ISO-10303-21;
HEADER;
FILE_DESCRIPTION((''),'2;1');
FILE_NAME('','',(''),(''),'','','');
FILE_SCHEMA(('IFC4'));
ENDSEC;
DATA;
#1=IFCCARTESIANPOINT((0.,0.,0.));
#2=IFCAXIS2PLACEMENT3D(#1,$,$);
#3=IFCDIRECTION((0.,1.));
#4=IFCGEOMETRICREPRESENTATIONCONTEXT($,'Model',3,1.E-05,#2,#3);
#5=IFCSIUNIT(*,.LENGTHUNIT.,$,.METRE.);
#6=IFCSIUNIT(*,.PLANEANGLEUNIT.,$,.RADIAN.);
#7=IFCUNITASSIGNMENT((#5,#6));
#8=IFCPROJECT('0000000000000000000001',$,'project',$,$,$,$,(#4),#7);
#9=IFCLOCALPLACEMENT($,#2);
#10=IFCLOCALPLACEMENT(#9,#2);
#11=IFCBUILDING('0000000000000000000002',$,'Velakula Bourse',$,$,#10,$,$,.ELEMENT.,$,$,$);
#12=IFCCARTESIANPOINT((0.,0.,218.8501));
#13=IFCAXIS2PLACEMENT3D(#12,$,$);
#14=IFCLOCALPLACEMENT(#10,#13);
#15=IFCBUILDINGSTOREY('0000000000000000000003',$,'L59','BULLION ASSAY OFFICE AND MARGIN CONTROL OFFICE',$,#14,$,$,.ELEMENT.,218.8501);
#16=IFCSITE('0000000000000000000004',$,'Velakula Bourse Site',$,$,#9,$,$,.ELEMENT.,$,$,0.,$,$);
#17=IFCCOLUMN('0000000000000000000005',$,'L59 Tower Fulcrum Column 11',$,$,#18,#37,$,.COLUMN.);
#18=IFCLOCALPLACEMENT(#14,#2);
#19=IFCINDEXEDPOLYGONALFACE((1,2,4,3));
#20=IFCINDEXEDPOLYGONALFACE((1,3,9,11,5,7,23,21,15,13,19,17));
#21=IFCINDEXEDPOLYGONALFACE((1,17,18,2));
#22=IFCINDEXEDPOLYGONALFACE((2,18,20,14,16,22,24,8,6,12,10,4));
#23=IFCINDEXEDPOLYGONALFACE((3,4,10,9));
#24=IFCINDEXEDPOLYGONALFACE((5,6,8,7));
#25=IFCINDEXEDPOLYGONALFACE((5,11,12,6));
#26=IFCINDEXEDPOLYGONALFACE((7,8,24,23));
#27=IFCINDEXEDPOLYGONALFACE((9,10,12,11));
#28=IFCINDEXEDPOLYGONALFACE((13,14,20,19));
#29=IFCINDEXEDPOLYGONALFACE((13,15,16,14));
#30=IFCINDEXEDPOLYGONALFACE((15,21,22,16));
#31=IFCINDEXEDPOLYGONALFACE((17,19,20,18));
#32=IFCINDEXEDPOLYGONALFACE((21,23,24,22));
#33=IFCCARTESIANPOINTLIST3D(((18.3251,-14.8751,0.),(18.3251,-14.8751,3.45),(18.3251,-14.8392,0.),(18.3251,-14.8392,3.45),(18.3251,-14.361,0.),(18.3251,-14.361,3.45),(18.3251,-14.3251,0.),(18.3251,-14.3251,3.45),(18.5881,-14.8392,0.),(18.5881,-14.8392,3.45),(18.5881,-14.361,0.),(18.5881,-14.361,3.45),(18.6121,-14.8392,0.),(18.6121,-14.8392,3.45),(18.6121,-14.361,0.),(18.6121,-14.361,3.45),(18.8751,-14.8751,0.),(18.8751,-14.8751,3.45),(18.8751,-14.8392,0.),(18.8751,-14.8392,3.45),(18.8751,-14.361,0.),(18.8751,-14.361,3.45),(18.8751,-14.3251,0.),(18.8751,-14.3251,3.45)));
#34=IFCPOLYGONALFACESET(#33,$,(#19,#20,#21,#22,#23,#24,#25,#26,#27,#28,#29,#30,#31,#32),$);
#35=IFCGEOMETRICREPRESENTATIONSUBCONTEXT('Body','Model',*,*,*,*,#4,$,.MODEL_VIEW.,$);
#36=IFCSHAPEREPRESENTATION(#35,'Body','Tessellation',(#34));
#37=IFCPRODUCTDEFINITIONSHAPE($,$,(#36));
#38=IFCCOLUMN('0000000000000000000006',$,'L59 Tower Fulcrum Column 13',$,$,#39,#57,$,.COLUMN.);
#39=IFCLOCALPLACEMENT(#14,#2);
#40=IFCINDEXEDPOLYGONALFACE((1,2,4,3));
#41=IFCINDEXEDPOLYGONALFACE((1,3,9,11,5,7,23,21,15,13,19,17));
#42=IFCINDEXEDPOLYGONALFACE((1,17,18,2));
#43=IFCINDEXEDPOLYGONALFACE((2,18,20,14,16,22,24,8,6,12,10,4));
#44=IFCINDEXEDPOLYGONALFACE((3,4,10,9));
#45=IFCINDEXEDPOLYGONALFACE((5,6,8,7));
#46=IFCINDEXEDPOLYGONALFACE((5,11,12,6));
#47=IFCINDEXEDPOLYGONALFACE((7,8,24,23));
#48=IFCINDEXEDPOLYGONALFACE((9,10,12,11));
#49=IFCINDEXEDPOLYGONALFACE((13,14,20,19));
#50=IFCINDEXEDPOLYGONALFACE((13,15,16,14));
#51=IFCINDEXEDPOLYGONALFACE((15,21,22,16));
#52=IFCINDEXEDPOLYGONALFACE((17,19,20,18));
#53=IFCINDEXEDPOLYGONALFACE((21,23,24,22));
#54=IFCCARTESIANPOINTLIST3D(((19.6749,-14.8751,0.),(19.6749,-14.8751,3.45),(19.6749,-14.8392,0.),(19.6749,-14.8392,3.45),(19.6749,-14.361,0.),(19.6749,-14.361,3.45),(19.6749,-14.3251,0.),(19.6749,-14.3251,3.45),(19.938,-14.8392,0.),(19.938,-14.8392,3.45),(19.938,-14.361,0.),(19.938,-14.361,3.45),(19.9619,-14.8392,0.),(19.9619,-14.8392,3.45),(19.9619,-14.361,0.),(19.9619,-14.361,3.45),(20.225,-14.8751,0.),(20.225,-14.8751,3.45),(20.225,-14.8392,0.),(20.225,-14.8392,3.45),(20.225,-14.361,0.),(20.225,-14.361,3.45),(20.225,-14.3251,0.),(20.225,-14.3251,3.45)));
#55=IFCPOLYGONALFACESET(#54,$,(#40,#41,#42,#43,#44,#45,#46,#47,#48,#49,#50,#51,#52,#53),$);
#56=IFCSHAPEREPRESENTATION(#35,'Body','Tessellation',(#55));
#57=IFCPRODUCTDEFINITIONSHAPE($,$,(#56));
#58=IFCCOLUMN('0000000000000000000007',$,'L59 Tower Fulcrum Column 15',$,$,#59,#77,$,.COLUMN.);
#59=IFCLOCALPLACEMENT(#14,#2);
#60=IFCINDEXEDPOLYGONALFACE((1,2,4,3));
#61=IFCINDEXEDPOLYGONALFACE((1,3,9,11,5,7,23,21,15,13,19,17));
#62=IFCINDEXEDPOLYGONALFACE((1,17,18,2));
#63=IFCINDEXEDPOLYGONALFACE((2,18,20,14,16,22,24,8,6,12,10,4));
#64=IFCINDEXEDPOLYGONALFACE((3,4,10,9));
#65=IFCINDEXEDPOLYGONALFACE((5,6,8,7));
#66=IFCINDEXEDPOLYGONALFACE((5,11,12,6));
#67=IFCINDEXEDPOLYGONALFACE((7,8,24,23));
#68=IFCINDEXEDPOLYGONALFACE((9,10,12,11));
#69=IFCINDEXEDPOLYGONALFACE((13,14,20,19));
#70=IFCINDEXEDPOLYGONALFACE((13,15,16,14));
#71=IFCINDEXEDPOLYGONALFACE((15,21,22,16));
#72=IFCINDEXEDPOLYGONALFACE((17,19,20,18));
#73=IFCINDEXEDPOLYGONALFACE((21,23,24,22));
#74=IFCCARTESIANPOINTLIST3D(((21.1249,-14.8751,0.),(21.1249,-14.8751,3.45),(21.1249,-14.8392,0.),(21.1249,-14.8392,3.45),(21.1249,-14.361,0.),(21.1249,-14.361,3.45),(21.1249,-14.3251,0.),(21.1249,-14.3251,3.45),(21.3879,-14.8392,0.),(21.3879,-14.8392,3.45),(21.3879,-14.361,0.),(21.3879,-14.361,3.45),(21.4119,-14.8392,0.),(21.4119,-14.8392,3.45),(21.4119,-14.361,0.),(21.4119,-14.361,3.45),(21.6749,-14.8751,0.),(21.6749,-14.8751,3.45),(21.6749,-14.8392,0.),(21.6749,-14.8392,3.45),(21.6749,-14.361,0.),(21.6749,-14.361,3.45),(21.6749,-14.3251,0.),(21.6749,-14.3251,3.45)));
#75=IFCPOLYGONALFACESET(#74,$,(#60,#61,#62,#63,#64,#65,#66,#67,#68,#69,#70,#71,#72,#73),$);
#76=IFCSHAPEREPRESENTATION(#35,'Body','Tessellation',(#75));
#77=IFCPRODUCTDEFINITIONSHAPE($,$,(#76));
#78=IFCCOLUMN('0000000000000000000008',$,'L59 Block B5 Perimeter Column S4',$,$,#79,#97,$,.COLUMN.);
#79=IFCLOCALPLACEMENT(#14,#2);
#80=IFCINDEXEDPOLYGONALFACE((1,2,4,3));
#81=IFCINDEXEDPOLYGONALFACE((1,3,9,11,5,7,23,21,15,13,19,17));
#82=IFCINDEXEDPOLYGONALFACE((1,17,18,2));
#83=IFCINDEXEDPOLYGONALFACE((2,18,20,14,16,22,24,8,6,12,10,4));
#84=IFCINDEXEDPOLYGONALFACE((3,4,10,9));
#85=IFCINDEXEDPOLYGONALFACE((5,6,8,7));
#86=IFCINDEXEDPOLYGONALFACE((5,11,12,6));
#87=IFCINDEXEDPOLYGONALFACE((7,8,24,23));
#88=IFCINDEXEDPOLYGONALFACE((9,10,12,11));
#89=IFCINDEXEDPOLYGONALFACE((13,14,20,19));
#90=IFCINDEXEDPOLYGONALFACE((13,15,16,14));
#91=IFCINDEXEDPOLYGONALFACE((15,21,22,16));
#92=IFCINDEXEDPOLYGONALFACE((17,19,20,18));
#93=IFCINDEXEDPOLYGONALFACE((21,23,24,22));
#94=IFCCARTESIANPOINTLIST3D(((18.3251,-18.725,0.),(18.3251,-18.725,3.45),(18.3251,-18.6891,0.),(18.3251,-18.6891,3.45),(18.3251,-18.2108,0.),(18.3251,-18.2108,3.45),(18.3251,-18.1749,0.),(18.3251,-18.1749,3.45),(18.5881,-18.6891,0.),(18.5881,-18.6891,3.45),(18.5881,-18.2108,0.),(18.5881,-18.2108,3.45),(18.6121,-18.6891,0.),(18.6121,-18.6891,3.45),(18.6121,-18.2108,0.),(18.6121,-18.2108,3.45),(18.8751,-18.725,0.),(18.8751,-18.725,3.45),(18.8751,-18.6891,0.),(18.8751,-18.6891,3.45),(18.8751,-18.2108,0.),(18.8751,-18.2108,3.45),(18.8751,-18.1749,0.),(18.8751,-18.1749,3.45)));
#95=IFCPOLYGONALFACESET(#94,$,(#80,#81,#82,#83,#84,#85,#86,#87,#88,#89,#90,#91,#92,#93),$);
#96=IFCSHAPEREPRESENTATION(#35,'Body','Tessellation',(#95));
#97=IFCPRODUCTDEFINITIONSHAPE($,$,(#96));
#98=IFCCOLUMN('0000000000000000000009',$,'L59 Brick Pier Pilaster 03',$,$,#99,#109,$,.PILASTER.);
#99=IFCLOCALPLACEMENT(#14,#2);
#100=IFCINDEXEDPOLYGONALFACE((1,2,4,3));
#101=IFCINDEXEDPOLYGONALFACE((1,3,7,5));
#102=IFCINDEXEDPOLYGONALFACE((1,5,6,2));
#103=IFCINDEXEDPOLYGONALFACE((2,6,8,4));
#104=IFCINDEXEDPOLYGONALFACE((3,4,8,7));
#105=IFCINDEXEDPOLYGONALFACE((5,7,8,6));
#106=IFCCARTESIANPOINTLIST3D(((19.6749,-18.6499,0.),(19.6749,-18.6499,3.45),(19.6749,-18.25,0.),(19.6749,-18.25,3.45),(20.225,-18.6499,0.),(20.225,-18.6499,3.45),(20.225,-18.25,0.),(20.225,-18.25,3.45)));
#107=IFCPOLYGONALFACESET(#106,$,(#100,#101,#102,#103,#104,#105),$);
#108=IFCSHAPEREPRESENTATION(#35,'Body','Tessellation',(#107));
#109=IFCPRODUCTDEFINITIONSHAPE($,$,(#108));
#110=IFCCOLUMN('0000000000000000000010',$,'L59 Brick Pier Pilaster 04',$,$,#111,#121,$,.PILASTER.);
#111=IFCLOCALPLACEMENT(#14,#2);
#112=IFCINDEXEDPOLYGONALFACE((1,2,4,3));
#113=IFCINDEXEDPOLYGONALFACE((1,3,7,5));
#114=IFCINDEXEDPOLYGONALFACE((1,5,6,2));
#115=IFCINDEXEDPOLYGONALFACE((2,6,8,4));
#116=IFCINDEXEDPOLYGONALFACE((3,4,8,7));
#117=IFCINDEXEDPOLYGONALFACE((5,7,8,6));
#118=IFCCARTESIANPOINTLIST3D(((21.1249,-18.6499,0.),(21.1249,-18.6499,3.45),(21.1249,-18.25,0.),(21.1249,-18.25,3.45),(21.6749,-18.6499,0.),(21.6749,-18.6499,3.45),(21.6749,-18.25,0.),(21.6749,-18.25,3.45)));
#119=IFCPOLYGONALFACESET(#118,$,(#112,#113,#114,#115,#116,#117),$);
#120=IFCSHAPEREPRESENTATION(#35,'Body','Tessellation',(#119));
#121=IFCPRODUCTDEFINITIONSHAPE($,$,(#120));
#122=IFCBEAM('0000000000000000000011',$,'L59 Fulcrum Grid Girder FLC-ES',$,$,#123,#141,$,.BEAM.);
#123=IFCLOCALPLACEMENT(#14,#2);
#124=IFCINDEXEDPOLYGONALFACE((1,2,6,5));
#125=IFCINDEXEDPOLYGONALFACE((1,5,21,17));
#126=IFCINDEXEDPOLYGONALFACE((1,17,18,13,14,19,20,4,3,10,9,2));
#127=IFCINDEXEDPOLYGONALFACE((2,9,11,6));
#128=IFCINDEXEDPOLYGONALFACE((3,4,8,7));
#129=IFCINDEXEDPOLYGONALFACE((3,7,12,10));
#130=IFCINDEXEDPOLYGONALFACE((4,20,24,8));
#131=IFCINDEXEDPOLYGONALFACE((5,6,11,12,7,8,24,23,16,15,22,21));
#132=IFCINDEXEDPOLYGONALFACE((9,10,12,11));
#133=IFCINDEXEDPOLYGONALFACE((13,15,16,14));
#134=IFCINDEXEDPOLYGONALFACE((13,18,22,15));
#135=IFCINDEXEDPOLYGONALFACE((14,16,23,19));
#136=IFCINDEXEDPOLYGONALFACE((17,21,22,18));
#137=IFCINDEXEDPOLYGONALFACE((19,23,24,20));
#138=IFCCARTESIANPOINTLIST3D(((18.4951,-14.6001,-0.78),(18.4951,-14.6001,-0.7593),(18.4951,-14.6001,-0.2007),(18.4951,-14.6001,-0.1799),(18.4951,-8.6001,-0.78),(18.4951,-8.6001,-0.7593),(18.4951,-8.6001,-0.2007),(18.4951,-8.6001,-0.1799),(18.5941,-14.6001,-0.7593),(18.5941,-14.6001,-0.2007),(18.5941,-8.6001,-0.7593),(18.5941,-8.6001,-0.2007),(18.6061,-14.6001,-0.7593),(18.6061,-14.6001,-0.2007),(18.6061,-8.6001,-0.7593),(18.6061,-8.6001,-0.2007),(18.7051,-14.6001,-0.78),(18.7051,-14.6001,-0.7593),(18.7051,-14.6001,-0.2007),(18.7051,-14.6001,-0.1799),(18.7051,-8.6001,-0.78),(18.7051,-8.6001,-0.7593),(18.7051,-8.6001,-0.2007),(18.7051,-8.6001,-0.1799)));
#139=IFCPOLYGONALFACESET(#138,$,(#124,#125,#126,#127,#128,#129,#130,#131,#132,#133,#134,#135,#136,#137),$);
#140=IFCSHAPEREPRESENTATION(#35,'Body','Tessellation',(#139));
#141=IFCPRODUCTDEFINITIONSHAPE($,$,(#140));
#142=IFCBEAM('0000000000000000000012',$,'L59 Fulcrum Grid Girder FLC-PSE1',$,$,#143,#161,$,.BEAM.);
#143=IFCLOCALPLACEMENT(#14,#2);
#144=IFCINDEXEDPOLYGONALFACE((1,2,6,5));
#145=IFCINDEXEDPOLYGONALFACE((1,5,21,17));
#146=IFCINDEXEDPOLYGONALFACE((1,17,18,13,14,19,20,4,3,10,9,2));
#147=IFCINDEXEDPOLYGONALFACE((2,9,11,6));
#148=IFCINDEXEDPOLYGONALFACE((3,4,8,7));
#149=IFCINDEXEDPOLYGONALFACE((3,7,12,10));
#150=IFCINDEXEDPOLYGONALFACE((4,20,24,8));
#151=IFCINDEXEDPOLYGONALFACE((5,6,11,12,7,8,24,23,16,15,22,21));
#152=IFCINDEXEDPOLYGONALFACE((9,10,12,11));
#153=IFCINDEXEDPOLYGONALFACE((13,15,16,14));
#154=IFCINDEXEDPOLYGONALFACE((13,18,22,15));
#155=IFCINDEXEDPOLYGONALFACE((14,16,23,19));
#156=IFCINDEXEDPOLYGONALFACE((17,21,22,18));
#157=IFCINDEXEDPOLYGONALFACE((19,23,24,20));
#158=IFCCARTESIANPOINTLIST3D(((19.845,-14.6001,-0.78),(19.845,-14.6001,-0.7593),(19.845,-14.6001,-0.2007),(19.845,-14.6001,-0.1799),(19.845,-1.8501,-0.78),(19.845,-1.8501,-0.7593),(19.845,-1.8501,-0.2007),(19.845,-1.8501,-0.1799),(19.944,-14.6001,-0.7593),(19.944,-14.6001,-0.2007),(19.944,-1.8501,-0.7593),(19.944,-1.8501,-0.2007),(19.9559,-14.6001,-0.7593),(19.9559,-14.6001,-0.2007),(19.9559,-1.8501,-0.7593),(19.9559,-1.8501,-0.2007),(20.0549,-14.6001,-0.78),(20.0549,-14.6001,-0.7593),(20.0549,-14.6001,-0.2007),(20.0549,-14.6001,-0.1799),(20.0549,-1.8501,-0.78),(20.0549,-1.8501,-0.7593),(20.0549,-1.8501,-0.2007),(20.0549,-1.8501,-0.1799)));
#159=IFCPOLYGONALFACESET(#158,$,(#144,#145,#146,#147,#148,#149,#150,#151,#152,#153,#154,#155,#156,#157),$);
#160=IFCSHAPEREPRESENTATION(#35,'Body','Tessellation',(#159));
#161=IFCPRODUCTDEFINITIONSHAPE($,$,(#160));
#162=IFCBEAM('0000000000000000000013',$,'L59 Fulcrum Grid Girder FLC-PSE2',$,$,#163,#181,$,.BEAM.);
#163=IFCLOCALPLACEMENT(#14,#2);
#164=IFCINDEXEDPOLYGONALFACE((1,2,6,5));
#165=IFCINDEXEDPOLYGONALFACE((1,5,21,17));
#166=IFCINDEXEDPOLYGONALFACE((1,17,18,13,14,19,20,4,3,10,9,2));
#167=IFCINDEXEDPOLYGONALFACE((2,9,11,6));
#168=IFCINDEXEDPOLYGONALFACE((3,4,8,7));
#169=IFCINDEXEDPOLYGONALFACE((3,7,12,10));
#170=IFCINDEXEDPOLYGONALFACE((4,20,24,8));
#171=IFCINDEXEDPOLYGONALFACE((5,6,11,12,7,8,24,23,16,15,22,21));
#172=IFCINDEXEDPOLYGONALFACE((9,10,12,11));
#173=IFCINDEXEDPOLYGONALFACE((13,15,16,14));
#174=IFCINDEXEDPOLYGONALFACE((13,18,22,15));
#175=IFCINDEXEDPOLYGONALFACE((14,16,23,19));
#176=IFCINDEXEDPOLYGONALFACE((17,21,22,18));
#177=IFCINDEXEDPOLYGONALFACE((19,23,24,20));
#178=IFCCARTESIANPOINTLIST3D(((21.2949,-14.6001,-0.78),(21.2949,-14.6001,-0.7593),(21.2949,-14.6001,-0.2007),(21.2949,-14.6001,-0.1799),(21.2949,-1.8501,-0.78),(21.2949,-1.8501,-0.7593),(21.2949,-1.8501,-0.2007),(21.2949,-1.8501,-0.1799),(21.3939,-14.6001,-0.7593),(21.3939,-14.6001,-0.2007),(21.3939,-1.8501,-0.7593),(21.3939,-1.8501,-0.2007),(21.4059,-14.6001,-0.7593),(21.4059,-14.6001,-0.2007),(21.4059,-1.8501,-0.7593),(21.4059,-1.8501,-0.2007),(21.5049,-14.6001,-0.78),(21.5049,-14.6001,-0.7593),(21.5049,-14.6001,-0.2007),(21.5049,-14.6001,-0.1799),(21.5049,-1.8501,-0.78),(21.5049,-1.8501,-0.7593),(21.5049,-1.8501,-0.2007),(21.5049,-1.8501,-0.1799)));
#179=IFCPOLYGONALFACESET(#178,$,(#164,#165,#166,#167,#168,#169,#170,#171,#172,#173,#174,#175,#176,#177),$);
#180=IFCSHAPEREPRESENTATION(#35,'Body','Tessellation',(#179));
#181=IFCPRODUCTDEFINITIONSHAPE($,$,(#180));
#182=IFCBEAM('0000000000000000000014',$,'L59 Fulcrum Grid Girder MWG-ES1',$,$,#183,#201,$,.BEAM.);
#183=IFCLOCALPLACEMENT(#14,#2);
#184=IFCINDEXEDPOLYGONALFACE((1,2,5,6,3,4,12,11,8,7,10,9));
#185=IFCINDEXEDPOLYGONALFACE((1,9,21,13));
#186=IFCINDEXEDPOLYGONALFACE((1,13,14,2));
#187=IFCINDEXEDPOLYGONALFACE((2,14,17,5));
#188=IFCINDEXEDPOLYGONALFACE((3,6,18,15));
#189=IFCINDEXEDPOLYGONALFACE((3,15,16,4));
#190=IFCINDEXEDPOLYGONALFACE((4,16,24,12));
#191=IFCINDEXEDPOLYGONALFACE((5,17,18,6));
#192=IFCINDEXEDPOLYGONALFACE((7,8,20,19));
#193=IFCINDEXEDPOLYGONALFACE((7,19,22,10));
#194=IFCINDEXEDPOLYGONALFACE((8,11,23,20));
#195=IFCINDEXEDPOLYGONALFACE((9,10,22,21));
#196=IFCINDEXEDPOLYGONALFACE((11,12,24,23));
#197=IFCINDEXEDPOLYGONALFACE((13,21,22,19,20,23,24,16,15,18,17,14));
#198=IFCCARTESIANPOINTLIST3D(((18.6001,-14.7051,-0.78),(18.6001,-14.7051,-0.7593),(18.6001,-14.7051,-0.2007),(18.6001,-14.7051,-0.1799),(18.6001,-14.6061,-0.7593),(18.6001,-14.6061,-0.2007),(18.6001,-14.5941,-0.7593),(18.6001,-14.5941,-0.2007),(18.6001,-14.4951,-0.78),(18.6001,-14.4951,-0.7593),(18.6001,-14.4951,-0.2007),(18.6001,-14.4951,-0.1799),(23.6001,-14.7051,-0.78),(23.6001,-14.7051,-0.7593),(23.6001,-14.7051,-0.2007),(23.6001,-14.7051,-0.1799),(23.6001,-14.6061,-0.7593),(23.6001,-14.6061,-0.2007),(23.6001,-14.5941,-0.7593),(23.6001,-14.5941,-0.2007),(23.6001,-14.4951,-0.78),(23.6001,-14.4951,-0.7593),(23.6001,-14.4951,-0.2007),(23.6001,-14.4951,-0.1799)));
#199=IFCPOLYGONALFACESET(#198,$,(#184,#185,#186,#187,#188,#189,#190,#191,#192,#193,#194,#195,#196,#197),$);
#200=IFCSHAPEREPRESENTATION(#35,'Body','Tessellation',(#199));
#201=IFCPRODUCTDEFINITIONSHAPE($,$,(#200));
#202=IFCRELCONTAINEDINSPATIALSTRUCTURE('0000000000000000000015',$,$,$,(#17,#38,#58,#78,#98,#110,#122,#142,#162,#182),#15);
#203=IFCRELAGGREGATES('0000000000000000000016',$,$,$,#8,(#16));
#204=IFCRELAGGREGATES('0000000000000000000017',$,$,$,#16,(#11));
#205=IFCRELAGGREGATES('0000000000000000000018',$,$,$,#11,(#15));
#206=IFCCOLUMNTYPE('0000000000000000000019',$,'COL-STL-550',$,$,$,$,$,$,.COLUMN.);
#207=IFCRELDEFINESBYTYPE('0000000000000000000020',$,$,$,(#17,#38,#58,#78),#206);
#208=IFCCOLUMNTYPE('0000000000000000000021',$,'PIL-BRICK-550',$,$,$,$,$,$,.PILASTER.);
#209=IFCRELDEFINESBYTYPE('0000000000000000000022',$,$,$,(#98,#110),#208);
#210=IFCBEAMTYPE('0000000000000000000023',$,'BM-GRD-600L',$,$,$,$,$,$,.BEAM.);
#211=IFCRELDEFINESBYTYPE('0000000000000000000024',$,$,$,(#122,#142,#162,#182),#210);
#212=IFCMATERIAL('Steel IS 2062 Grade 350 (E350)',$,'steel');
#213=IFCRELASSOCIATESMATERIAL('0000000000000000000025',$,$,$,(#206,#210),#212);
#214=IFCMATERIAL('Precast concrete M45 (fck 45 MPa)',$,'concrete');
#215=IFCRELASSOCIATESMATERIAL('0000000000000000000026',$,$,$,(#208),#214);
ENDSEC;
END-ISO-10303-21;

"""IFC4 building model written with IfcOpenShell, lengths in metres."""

from ifc_helpers import new_model, si_unit, direction, frame, origin, origin_2d, place, context, subcontext, project, spatial, rectangle, i_section, extrude, material, material_profile, profile_set, type_object, element, save


model = new_model("IFC4")

# Units and contexts
model_context = context("Model", 3, precision=1e-05, world=origin(), true_north=direction((0.0, 1.0)))
body_context = subcontext(model_context, "Body", "Model", "MODEL_VIEW")
ifc_project = project(units=[si_unit("LENGTHUNIT", "METRE"), si_unit("PLANEANGLEUNIT", "RADIAN")], contexts=[model_context])

# Site, building, storey
site_placement = place(None, origin())
site = spatial("IfcSite", under=ifc_project, at=site_placement, Name="Velakula Bourse Site", CompositionType="ELEMENT", RefElevation=0.0)
building_placement = place(site_placement, origin())
building = spatial("IfcBuilding", under=site, at=building_placement, Name="Velakula Bourse", CompositionType="ELEMENT")
storey_placement = place(building_placement, frame((0.0, 0.0, 218.8501)))
storey = spatial("IfcBuildingStorey", under=building, at=storey_placement, Name="L59", Description="BULLION ASSAY OFFICE AND MARGIN CONTROL OFFICE", CompositionType="ELEMENT", Elevation=218.8501)

# Columns
ifc_material_1 = material(Name="Steel IS 2062 Grade 350 (E350)", Category="steel")
ifc_material_profile_1 = material_profile(ifc_material_1, i_section(OverallWidth=0.55, OverallDepth=0.55, WebThickness=0.0239, FlangeThickness=0.0359, at=origin_2d()), Name="Steel IS 2062 Grade 350 (E350)")
ifc_profile_set_1 = profile_set([ifc_material_profile_1], Name="Steel IS 2062 Grade 350 (E350)")
column_type_1 = type_object("IfcColumnType", Name="COL-STL-550", PredefinedType="COLUMN", material=ifc_profile_set_1)
for number, where, z_axis, x_axis, name in (
    (1, (18.6001, -14.6001, 0.0), (0.0, 0.0, 1.0), (1.0, 0.0, 0.0), "L59 Tower Fulcrum Column 11"),
    (2, (19.95, -14.6001, 0.0), (0.0, 0.0, 1.0), (1.0, 0.0, 0.0), "L59 Tower Fulcrum Column 13"),
    (3, (21.3999, -14.6001, 0.0), (0.0, 0.0, 1.0), (1.0, 0.0, 0.0), "L59 Tower Fulcrum Column 15"),
    (4, (18.6001, -18.45, 0.0), (0.0, 0.0, 1.0), (1.0, 0.0, 0.0), "L59 Block B5 Perimeter Column S4"),
):
    element("IfcColumn", number, at=place(storey_placement, frame(where, z_axis=z_axis, x_axis=x_axis)), inside=storey, type_object=column_type_1, Name=name, PredefinedType="COLUMN", context=body_context, shape_type="SweptSolid", body=[
        extrude(i_section(OverallWidth=0.55, OverallDepth=0.55, WebThickness=0.0239, FlangeThickness=0.0359, at=origin_2d()), origin(), (0.0, 0.0, 1.0), 3.45),
    ])
ifc_material_2 = material(Name="Precast concrete M45 (fck 45 MPa)", Category="concrete")
ifc_material_profile_2 = material_profile(ifc_material_2, rectangle(XDim=0.55, YDim=0.3999, at=origin_2d()), Name="Precast concrete M45 (fck 45 MPa)")
ifc_profile_set_2 = profile_set([ifc_material_profile_2], Name="Precast concrete M45 (fck 45 MPa)")
column_type_2 = type_object("IfcColumnType", Name="PIL-BRICK-550", PredefinedType="PILASTER", material=ifc_profile_set_2)
for number, where, z_axis, x_axis, name in (
    (5, (19.95, -18.45, 0.0), (0.0, 0.0, 1.0), (1.0, 0.0, 0.0), "L59 Brick Pier Pilaster 03"),
    (6, (21.3999, -18.45, 0.0), (0.0, 0.0, 1.0), (1.0, 0.0, 0.0), "L59 Brick Pier Pilaster 04"),
):
    element("IfcColumn", number, at=place(storey_placement, frame(where, z_axis=z_axis, x_axis=x_axis)), inside=storey, type_object=column_type_2, Name=name, PredefinedType="PILASTER", context=body_context, shape_type="SweptSolid", body=[
        extrude(rectangle(XDim=0.55, YDim=0.3999, at=origin_2d()), origin(), (0.0, 0.0, 1.0), 3.45),
    ])

# Beams
ifc_material_profile_3 = material_profile(ifc_material_1, i_section(OverallWidth=0.21, OverallDepth=0.6001, WebThickness=0.012, FlangeThickness=0.0208, at=origin_2d()), Name="Steel IS 2062 Grade 350 (E350)")
ifc_profile_set_3 = profile_set([ifc_material_profile_3], Name="Steel IS 2062 Grade 350 (E350)")
beam_type_1 = type_object("IfcBeamType", Name="BM-GRD-600L", PredefinedType="BEAM", material=ifc_profile_set_3)
beam_1_placement = place(storey_placement, frame((18.6001, -14.6001, -0.48), z_axis=(0.0, 1.0, 0.0), x_axis=(-1.0, 0.0, 0.0)))
element("IfcBeam", 7, at=beam_1_placement, inside=storey, type_object=beam_type_1, Name="L59 Fulcrum Grid Girder FLC-ES", PredefinedType="BEAM", context=body_context, shape_type="SweptSolid", body=[
    extrude(i_section(OverallWidth=0.21, OverallDepth=0.6001, WebThickness=0.012, FlangeThickness=0.0208, at=origin_2d()), origin(), (0.0, 0.0, 1.0), 6.0),
])
for number, where, z_axis, x_axis, name in (
    (8, (19.95, -14.6001, -0.48), (0.0, 1.0, 0.0), (-1.0, 0.0, 0.0), "L59 Fulcrum Grid Girder FLC-PSE1"),
    (9, (21.3999, -14.6001, -0.48), (0.0, 1.0, 0.0), (-1.0, 0.0, 0.0), "L59 Fulcrum Grid Girder FLC-PSE2"),
):
    element("IfcBeam", number, at=place(storey_placement, frame(where, z_axis=z_axis, x_axis=x_axis)), inside=storey, type_object=beam_type_1, Name=name, PredefinedType="BEAM", context=body_context, shape_type="SweptSolid", body=[
        extrude(i_section(OverallWidth=0.21, OverallDepth=0.6001, WebThickness=0.012, FlangeThickness=0.0208, at=origin_2d()), origin(), (0.0, 0.0, 1.0), 12.75),
    ])
beam_2_placement = place(storey_placement, frame((18.6001, -14.6001, -0.48), z_axis=(1.0, 0.0, 0.0), x_axis=(0.0, 1.0, 0.0)))
element("IfcBeam", 10, at=beam_2_placement, inside=storey, type_object=beam_type_1, Name="L59 Fulcrum Grid Girder MWG-ES1", PredefinedType="BEAM", context=body_context, shape_type="SweptSolid", body=[
    extrude(i_section(OverallWidth=0.21, OverallDepth=0.6001, WebThickness=0.012, FlangeThickness=0.0208, at=origin_2d()), origin(), (0.0, 0.0, 1.0), 5.0),
])

save(model, "model.ifc")
